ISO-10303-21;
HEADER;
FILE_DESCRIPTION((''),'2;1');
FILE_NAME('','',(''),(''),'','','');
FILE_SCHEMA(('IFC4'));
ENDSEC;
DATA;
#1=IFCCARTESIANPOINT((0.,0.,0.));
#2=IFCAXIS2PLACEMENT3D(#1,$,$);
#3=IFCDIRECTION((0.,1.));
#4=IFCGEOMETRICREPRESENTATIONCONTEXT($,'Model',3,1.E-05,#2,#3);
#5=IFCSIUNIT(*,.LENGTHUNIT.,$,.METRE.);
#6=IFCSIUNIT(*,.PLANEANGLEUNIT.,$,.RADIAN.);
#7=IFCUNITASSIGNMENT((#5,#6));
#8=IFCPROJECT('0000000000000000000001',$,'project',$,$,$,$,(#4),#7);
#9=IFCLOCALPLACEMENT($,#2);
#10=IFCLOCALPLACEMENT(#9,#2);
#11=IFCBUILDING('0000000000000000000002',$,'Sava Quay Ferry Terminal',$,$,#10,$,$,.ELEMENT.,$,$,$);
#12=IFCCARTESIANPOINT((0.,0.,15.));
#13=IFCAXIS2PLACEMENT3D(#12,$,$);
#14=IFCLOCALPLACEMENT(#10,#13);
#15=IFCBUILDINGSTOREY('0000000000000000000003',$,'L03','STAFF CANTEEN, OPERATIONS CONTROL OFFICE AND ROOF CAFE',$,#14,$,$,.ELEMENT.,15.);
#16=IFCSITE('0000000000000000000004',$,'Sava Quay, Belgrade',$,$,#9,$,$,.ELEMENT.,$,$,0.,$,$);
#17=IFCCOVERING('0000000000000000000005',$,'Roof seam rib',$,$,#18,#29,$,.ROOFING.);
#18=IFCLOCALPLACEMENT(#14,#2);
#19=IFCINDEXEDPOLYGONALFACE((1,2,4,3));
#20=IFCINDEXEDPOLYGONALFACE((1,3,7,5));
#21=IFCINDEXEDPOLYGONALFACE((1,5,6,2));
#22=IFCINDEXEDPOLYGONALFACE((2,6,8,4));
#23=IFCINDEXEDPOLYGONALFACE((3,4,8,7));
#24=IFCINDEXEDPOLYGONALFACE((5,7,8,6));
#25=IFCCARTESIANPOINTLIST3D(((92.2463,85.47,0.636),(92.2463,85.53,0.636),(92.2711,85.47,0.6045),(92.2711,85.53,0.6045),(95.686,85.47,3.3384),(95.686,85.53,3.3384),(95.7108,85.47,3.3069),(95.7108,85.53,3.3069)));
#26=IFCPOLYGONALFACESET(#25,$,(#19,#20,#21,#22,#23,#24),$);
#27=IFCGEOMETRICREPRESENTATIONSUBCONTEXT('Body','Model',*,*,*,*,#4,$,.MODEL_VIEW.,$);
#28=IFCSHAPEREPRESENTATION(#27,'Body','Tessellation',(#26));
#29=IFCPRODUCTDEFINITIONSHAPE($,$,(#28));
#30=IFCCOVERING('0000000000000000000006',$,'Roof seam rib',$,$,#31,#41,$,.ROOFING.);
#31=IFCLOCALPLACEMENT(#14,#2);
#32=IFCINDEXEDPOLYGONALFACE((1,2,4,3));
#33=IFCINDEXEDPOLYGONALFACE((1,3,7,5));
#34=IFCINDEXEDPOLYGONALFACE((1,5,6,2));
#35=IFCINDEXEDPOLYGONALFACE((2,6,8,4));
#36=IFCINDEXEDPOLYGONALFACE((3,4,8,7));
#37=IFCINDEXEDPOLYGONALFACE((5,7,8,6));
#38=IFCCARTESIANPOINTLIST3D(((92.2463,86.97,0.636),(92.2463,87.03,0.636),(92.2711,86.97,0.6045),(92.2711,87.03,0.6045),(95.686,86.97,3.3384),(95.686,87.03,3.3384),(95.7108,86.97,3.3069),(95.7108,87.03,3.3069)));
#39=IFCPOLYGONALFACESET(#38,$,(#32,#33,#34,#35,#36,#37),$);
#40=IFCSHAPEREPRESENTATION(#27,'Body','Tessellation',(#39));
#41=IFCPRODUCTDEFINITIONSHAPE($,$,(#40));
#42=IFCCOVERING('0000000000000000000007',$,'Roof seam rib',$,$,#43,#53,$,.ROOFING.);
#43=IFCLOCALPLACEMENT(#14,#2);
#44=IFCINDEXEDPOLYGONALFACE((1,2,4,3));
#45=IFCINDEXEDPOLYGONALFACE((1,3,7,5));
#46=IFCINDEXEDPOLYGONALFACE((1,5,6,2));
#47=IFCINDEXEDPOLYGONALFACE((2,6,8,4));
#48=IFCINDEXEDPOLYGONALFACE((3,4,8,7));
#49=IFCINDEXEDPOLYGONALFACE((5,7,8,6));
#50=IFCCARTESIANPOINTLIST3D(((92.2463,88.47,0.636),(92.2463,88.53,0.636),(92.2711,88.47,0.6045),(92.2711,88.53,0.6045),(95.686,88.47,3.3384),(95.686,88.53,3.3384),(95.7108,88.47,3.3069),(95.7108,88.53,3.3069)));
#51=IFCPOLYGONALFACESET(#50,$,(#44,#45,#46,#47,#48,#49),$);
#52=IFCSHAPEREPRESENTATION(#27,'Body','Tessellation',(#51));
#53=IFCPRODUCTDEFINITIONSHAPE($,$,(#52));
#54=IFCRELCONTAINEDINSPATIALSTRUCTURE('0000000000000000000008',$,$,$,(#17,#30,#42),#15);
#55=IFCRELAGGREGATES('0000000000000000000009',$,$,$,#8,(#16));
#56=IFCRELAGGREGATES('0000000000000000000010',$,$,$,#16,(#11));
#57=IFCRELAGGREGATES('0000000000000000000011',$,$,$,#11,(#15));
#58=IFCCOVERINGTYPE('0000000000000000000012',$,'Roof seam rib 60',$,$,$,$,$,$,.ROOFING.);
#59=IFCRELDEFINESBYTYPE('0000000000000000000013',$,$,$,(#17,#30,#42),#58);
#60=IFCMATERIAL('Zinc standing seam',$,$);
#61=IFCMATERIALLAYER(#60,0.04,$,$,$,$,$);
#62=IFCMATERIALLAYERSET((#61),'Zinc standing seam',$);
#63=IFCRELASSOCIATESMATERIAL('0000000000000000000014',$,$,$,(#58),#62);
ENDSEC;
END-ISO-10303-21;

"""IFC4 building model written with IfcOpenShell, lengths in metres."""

from ifc_helpers import new_model, si_unit, direction, frame, origin, place, context, subcontext, project, spatial, polyline, outline, extrude, material, layer, layer_set, type_object, element, save


model = new_model("IFC4")

# Units and contexts
model_context = context("Model", 3, precision=1e-05, world=origin(), true_north=direction((0.0, 1.0)))
body_context = subcontext(model_context, "Body", "Model", "MODEL_VIEW")
ifc_project = project(units=[si_unit("LENGTHUNIT", "METRE"), si_unit("PLANEANGLEUNIT", "RADIAN")], contexts=[model_context])

# Site, building, storey
site_placement = place(None, origin())
site = spatial("IfcSite", under=ifc_project, at=site_placement, Name="Sava Quay, Belgrade", CompositionType="ELEMENT", RefElevation=0.0)
building_placement = place(site_placement, origin())
building = spatial("IfcBuilding", under=site, at=building_placement, Name="Sava Quay Ferry Terminal", CompositionType="ELEMENT")
storey_placement = place(building_placement, frame((0.0, 0.0, 15.0)))
storey = spatial("IfcBuildingStorey", under=building, at=storey_placement, Name="L03", Description="STAFF CANTEEN, OPERATIONS CONTROL OFFICE AND ROOF CAFE", CompositionType="ELEMENT", Elevation=15.0)

# Coverings
ifc_material_1 = material(Name="Zinc standing seam")
ifc_layer_1 = layer(ifc_material_1, 0.04)
ifc_layer_set_1 = layer_set([ifc_layer_1], Name="Zinc standing seam")
covering_type = type_object("IfcCoveringType", Name="Roof seam rib 60", PredefinedType="ROOFING", material=ifc_layer_set_1)
for number, where, z_axis, x_axis, name in (
    (1, (92.2463, 85.53, 0.636), (-0.61779, 0.0, 0.786344), (0.786344, 0.0, 0.61779), "Roof seam rib"),
    (2, (92.2463, 87.03, 0.636), (-0.61779, 0.0, 0.786344), (0.786344, 0.0, 0.61779), "Roof seam rib"),
    (3, (92.2463, 88.53, 0.636), (-0.61779, 0.0, 0.786344), (0.786344, 0.0, 0.61779), "Roof seam rib"),
):
    element("IfcCovering", number, at=place(storey_placement, frame(where, z_axis=z_axis, x_axis=x_axis)), inside=storey, type_object=covering_type, Name=name, PredefinedType="ROOFING", context=body_context, shape_type="SweptSolid", body=[
        extrude(outline(polyline([(0.0, 0.0), (4.3743, 0.0), (4.3743, -0.0601), (0.0, -0.0601), (0.0, 0.0)])), origin(), (0.0, 0.0, -1.0), 0.04),
    ])

save(model, "model.ifc")
